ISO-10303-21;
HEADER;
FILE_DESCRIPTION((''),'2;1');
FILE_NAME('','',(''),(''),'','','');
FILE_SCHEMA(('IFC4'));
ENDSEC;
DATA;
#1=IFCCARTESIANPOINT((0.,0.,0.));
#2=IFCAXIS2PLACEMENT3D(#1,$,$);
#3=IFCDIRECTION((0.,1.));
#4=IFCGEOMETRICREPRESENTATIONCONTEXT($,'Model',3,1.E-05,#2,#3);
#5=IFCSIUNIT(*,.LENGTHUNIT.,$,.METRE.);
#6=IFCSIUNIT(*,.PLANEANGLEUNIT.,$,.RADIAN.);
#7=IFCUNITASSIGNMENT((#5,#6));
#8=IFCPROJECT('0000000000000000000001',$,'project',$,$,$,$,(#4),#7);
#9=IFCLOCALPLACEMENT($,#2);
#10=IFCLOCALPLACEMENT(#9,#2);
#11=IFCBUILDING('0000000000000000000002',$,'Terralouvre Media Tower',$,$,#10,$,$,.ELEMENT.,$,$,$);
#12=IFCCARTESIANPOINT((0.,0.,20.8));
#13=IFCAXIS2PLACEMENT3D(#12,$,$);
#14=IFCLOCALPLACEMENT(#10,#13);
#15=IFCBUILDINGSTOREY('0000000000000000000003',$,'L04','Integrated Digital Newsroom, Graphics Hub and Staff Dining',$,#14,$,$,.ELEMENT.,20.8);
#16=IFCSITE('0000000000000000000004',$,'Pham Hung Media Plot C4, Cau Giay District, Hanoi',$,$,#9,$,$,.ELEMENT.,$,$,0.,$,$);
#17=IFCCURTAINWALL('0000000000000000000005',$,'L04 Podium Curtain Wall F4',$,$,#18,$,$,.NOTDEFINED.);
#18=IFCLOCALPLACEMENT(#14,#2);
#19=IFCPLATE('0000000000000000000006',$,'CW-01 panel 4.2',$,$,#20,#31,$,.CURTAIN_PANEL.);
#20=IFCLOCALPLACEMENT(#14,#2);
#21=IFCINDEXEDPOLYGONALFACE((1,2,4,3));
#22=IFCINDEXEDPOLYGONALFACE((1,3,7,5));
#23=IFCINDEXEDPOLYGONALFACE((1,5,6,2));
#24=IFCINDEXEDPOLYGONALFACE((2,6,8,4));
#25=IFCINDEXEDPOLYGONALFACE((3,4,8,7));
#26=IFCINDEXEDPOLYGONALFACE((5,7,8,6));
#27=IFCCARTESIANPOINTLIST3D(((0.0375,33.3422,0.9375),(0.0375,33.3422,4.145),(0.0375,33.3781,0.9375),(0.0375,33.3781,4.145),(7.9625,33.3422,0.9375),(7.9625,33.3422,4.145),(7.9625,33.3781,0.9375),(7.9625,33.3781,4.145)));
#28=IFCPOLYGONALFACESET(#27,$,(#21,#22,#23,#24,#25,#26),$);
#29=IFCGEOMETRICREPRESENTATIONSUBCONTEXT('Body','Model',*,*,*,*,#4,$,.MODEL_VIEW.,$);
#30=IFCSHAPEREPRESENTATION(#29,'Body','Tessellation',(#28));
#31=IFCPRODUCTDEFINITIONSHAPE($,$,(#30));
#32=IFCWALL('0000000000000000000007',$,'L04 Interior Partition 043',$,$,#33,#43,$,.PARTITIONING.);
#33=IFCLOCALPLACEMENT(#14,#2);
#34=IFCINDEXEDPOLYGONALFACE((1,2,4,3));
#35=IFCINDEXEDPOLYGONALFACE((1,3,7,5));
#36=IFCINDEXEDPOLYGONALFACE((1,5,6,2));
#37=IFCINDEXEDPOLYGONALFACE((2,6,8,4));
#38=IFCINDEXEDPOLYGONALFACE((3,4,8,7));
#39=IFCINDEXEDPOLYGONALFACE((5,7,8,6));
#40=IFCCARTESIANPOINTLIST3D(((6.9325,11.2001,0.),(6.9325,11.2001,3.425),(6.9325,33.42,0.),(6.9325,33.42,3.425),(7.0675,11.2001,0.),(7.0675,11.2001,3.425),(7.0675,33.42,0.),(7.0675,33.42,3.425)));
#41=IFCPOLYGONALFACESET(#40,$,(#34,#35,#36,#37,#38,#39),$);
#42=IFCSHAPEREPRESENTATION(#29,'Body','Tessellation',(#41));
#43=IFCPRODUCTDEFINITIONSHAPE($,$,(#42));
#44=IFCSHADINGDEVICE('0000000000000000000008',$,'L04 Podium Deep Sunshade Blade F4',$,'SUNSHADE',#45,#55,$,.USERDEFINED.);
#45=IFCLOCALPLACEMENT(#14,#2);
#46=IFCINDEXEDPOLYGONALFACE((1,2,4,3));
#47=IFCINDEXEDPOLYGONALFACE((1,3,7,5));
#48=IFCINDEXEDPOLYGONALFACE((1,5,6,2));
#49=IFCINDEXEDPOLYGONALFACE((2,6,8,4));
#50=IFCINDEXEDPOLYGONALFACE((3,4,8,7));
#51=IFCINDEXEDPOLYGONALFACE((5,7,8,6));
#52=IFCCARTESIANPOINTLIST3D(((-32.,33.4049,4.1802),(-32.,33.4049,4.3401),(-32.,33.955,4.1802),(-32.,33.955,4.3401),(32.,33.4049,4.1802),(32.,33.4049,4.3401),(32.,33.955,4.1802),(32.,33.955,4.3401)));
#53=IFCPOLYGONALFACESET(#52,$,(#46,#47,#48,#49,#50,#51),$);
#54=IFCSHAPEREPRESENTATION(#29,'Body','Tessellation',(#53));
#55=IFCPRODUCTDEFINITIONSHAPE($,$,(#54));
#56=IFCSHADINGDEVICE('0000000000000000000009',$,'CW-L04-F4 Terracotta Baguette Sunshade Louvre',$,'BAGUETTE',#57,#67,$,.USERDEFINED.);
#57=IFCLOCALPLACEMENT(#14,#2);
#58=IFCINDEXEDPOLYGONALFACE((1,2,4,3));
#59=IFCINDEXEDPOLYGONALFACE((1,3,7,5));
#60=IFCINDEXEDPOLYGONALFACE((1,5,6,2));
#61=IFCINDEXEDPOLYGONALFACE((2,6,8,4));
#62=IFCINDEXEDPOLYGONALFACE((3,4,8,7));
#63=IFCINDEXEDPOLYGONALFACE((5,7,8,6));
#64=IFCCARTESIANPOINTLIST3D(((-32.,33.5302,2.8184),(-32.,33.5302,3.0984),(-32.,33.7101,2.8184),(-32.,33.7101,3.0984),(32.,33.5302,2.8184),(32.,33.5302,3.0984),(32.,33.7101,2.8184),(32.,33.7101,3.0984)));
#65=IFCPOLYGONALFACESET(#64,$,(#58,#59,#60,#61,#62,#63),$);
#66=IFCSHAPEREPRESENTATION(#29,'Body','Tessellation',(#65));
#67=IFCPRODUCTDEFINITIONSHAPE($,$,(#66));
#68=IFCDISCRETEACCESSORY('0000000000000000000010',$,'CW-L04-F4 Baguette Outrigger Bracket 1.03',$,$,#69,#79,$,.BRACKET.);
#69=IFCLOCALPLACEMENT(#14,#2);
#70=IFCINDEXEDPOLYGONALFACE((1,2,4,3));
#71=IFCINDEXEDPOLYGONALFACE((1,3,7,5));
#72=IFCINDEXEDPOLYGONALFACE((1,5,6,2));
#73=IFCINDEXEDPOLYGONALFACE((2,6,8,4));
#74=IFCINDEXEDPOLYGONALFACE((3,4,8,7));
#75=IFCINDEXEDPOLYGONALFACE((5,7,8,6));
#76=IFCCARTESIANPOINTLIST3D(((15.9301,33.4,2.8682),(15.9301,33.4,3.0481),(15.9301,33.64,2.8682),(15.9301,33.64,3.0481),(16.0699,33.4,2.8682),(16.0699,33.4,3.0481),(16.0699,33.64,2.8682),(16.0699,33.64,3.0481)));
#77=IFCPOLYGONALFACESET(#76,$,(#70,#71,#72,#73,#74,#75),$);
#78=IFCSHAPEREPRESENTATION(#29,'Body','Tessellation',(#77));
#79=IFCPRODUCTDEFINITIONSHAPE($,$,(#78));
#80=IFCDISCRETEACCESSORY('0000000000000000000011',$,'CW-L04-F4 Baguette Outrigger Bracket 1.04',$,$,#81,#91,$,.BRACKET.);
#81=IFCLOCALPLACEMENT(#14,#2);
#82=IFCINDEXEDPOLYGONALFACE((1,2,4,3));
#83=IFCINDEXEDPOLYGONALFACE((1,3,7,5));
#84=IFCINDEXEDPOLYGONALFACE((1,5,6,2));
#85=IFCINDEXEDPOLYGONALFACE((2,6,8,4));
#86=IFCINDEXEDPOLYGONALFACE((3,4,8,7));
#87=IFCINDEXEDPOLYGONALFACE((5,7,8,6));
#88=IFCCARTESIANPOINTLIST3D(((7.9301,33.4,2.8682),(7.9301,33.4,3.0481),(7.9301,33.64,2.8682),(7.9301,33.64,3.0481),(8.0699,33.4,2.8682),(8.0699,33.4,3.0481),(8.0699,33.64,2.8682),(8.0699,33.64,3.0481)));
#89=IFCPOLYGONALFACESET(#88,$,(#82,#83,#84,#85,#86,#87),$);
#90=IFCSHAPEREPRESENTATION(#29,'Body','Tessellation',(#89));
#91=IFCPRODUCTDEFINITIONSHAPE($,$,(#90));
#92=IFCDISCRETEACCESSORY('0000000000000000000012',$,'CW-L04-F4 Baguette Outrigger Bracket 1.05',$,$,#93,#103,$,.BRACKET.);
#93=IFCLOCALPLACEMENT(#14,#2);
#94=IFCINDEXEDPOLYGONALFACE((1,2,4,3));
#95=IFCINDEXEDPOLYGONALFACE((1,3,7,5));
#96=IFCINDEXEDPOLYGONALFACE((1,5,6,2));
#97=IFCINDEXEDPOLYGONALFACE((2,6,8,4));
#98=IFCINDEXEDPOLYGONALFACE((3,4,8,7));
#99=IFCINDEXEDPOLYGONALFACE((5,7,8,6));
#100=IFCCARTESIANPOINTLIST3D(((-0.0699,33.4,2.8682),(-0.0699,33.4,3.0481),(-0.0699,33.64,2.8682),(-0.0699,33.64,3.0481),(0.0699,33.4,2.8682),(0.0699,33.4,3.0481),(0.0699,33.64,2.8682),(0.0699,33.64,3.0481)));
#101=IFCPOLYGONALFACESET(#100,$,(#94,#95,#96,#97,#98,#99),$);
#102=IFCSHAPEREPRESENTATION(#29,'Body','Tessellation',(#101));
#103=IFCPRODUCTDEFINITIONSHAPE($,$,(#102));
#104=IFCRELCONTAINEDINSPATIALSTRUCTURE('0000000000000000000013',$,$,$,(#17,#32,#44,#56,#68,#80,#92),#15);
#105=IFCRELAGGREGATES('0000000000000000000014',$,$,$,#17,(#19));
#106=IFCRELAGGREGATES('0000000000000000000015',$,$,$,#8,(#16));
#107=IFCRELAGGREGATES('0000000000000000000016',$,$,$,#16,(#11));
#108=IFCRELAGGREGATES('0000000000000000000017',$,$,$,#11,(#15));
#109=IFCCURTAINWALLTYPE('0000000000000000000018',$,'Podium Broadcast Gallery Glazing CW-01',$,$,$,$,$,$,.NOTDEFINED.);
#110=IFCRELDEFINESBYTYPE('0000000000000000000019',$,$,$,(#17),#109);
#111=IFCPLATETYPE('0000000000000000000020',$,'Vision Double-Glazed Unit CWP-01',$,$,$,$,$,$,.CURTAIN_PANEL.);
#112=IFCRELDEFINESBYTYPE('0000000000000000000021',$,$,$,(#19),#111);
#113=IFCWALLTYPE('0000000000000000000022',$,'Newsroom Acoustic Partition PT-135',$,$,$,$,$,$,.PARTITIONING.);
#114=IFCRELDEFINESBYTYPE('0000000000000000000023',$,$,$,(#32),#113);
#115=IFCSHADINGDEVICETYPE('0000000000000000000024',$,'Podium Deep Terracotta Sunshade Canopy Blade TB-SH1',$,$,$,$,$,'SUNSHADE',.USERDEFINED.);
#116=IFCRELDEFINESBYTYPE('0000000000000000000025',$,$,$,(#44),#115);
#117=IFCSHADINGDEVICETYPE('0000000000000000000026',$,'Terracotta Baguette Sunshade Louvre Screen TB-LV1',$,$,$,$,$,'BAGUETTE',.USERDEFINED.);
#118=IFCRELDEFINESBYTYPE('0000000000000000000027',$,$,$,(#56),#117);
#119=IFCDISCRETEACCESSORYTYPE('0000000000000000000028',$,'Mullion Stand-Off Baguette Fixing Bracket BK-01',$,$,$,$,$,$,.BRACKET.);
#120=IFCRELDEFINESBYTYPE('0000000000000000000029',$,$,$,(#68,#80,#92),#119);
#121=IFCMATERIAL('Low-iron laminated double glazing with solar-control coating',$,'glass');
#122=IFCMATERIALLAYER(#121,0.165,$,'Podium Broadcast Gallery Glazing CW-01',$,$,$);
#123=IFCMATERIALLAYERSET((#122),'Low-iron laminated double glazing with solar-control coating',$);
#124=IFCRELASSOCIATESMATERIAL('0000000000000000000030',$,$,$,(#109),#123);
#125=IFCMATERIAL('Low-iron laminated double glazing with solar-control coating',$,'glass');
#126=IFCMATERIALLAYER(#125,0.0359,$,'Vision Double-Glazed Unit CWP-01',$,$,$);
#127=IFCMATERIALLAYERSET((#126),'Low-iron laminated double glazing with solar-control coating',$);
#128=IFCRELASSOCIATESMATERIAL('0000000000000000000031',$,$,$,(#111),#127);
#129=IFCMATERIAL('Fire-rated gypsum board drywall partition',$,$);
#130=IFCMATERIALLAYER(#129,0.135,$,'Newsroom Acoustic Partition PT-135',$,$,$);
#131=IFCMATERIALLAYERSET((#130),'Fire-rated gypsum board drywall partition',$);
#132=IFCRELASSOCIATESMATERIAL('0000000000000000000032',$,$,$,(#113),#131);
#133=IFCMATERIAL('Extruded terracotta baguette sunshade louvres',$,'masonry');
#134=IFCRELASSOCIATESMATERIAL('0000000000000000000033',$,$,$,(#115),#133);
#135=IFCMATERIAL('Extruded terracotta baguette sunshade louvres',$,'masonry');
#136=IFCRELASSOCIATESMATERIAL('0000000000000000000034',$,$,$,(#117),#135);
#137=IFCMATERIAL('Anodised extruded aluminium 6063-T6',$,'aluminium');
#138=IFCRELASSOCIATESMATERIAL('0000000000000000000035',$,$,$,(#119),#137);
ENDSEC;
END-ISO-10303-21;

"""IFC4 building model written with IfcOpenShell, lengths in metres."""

from ifc_helpers import new_model, si_unit, direction, frame, frame_2d, origin, origin_2d, place, context, subcontext, project, spatial, rectangle, extrude, material, layer, layer_set, type_object, element, aggregate, save


model = new_model("IFC4")

# Units and contexts
model_context = context("Model", 3, precision=1e-05, world=origin(), true_north=direction((0.0, 1.0)))
body_context = subcontext(model_context, "Body", "Model", "MODEL_VIEW")
ifc_project = project(units=[si_unit("LENGTHUNIT", "METRE"), si_unit("PLANEANGLEUNIT", "RADIAN")], contexts=[model_context])

# Site, building, storey
site_placement = place(None, origin())
site = spatial("IfcSite", under=ifc_project, at=site_placement, Name="Pham Hung Media Plot C4, Cau Giay District, Hanoi", CompositionType="ELEMENT", RefElevation=0.0)
building_placement = place(site_placement, origin())
building = spatial("IfcBuilding", under=site, at=building_placement, Name="Terralouvre Media Tower", CompositionType="ELEMENT")
storey_placement = place(building_placement, frame((0.0, 0.0, 20.8)))
storey = spatial("IfcBuildingStorey", under=building, at=storey_placement, Name="L04", Description="Integrated Digital Newsroom, Graphics Hub and Staff Dining", CompositionType="ELEMENT", Elevation=20.8)

# Curtain wall
ifc_material_1 = material(Name="Low-iron laminated double glazing with solar-control coating", Category="glass")
ifc_layer_1 = layer(ifc_material_1, 0.165, Name="Podium Broadcast Gallery Glazing CW-01")
ifc_layer_set_1 = layer_set([ifc_layer_1], Name="Low-iron laminated double glazing with solar-control coating")
curtain_wall_type = type_object("IfcCurtainWallType", Name="Podium Broadcast Gallery Glazing CW-01", PredefinedType="NOTDEFINED", material=ifc_layer_set_1)
curtain_wall_placement = place(storey_placement, origin())
curtain_wall = element("IfcCurtainWall", 1, at=curtain_wall_placement, inside=storey, type_object=curtain_wall_type, Name="L04 Podium Curtain Wall F4", PredefinedType="NOTDEFINED")

# Plate
ifc_material_2 = material(Name="Low-iron laminated double glazing with solar-control coating", Category="glass")
ifc_layer_2 = layer(ifc_material_2, 0.0359, Name="Vision Double-Glazed Unit CWP-01")
ifc_layer_set_2 = layer_set([ifc_layer_2], Name="Low-iron laminated double glazing with solar-control coating")
plate_type = type_object("IfcPlateType", Name="Vision Double-Glazed Unit CWP-01", PredefinedType="CURTAIN_PANEL", material=ifc_layer_set_2)
plate_1_placement = place(storey_placement, frame((4.0, 33.3601, 0.9375), z_axis=(0.0, 0.0, 1.0), x_axis=(-1.0, 0.0, 0.0)))
plate_1 = element("IfcPlate", 2, at=plate_1_placement, type_object=plate_type, Name="CW-01 panel 4.2", PredefinedType="CURTAIN_PANEL", context=body_context, shape_type="SweptSolid", body=[
    extrude(rectangle(XDim=7.925, YDim=0.0359, at=origin_2d()), origin(), (0.0, 0.0, 1.0), 3.2075),
])
aggregate(curtain_wall, [plate_1])

# Wall
ifc_material_3 = material(Name="Fire-rated gypsum board drywall partition")
ifc_layer_3 = layer(ifc_material_3, 0.135, Name="Newsroom Acoustic Partition PT-135")
ifc_layer_set_3 = layer_set([ifc_layer_3], Name="Fire-rated gypsum board drywall partition")
wall_type = type_object("IfcWallType", Name="Newsroom Acoustic Partition PT-135", PredefinedType="PARTITIONING", material=ifc_layer_set_3)
wall_placement = place(storey_placement, frame((7.0, 33.4199, 0.0), z_axis=(0.0, 0.0, 1.0), x_axis=(0.0, -1.0, 0.0)))
element("IfcWall", 3, at=wall_placement, inside=storey, type_object=wall_type, Name="L04 Interior Partition 043", PredefinedType="PARTITIONING", context=body_context, shape_type="SweptSolid", body=[
    extrude(rectangle(XDim=22.22, YDim=0.135, at=frame_2d((11.1099, 0.0))), origin(), (0.0, 0.0, 1.0), 3.425),
])

# Shading devices
ifc_material_4 = material(Name="Extruded terracotta baguette sunshade louvres", Category="masonry")
shading_device_type_1 = type_object("IfcShadingDeviceType", Name="Podium Deep Terracotta Sunshade Canopy Blade TB-SH1", ElementType="SUNSHADE", PredefinedType="USERDEFINED", material=ifc_material_4)
shading_device_1_placement = place(storey_placement, frame((0.0, 33.6799, 4.1802), z_axis=(0.0, 0.0, 1.0), x_axis=(-1.0, 0.0, 0.0)))
element("IfcShadingDevice", 4, at=shading_device_1_placement, inside=storey, type_object=shading_device_type_1, Name="L04 Podium Deep Sunshade Blade F4", ObjectType="SUNSHADE", PredefinedType="USERDEFINED", context=body_context, shape_type="SweptSolid", body=[
    extrude(rectangle(XDim=64.0, YDim=0.55, at=origin_2d()), origin(), (0.0, 0.0, 1.0), 0.1599),
])
ifc_material_5 = material(Name="Extruded terracotta baguette sunshade louvres", Category="masonry")
shading_device_type_2 = type_object("IfcShadingDeviceType", Name="Terracotta Baguette Sunshade Louvre Screen TB-LV1", ElementType="BAGUETTE", PredefinedType="USERDEFINED", material=ifc_material_5)
shading_device_2_placement = place(storey_placement, frame((0.0, 33.6201, 2.8184), z_axis=(0.0, 0.0, 1.0), x_axis=(-1.0, 0.0, 0.0)))
element("IfcShadingDevice", 5, at=shading_device_2_placement, inside=storey, type_object=shading_device_type_2, Name="CW-L04-F4 Terracotta Baguette Sunshade Louvre", ObjectType="BAGUETTE", PredefinedType="USERDEFINED", context=body_context, shape_type="SweptSolid", body=[
    extrude(rectangle(XDim=64.0, YDim=0.1799, at=origin_2d()), origin(), (0.0, 0.0, 1.0), 0.28),
])

# Discrete accessories
ifc_material_6 = material(Name="Anodised extruded aluminium 6063-T6", Category="aluminium")
discrete_accessory_type = type_object("IfcDiscreteAccessoryType", Name="Mullion Stand-Off Baguette Fixing Bracket BK-01", PredefinedType="BRACKET", material=ifc_material_6)
for number, where, z_axis, x_axis, name in (
    (6, (16.0, 33.52, 2.8682), (0.0, 0.0, 1.0), (-1.0, 0.0, 0.0), "CW-L04-F4 Baguette Outrigger Bracket 1.03"),
    (7, (8.0, 33.52, 2.8682), (0.0, 0.0, 1.0), (-1.0, 0.0, 0.0), "CW-L04-F4 Baguette Outrigger Bracket 1.04"),
    (8, (0.0, 33.52, 2.8682), (0.0, 0.0, 1.0), (-1.0, 0.0, 0.0), "CW-L04-F4 Baguette Outrigger Bracket 1.05"),
):
    element("IfcDiscreteAccessory", number, at=place(storey_placement, frame(where, z_axis=z_axis, x_axis=x_axis)), inside=storey, type_object=discrete_accessory_type, Name=name, PredefinedType="BRACKET", context=body_context, shape_type="SweptSolid", body=[
        extrude(rectangle(XDim=0.1399, YDim=0.24, at=origin_2d()), origin(), (0.0, 0.0, 1.0), 0.1799),
    ])

save(model, "model.ifc")
